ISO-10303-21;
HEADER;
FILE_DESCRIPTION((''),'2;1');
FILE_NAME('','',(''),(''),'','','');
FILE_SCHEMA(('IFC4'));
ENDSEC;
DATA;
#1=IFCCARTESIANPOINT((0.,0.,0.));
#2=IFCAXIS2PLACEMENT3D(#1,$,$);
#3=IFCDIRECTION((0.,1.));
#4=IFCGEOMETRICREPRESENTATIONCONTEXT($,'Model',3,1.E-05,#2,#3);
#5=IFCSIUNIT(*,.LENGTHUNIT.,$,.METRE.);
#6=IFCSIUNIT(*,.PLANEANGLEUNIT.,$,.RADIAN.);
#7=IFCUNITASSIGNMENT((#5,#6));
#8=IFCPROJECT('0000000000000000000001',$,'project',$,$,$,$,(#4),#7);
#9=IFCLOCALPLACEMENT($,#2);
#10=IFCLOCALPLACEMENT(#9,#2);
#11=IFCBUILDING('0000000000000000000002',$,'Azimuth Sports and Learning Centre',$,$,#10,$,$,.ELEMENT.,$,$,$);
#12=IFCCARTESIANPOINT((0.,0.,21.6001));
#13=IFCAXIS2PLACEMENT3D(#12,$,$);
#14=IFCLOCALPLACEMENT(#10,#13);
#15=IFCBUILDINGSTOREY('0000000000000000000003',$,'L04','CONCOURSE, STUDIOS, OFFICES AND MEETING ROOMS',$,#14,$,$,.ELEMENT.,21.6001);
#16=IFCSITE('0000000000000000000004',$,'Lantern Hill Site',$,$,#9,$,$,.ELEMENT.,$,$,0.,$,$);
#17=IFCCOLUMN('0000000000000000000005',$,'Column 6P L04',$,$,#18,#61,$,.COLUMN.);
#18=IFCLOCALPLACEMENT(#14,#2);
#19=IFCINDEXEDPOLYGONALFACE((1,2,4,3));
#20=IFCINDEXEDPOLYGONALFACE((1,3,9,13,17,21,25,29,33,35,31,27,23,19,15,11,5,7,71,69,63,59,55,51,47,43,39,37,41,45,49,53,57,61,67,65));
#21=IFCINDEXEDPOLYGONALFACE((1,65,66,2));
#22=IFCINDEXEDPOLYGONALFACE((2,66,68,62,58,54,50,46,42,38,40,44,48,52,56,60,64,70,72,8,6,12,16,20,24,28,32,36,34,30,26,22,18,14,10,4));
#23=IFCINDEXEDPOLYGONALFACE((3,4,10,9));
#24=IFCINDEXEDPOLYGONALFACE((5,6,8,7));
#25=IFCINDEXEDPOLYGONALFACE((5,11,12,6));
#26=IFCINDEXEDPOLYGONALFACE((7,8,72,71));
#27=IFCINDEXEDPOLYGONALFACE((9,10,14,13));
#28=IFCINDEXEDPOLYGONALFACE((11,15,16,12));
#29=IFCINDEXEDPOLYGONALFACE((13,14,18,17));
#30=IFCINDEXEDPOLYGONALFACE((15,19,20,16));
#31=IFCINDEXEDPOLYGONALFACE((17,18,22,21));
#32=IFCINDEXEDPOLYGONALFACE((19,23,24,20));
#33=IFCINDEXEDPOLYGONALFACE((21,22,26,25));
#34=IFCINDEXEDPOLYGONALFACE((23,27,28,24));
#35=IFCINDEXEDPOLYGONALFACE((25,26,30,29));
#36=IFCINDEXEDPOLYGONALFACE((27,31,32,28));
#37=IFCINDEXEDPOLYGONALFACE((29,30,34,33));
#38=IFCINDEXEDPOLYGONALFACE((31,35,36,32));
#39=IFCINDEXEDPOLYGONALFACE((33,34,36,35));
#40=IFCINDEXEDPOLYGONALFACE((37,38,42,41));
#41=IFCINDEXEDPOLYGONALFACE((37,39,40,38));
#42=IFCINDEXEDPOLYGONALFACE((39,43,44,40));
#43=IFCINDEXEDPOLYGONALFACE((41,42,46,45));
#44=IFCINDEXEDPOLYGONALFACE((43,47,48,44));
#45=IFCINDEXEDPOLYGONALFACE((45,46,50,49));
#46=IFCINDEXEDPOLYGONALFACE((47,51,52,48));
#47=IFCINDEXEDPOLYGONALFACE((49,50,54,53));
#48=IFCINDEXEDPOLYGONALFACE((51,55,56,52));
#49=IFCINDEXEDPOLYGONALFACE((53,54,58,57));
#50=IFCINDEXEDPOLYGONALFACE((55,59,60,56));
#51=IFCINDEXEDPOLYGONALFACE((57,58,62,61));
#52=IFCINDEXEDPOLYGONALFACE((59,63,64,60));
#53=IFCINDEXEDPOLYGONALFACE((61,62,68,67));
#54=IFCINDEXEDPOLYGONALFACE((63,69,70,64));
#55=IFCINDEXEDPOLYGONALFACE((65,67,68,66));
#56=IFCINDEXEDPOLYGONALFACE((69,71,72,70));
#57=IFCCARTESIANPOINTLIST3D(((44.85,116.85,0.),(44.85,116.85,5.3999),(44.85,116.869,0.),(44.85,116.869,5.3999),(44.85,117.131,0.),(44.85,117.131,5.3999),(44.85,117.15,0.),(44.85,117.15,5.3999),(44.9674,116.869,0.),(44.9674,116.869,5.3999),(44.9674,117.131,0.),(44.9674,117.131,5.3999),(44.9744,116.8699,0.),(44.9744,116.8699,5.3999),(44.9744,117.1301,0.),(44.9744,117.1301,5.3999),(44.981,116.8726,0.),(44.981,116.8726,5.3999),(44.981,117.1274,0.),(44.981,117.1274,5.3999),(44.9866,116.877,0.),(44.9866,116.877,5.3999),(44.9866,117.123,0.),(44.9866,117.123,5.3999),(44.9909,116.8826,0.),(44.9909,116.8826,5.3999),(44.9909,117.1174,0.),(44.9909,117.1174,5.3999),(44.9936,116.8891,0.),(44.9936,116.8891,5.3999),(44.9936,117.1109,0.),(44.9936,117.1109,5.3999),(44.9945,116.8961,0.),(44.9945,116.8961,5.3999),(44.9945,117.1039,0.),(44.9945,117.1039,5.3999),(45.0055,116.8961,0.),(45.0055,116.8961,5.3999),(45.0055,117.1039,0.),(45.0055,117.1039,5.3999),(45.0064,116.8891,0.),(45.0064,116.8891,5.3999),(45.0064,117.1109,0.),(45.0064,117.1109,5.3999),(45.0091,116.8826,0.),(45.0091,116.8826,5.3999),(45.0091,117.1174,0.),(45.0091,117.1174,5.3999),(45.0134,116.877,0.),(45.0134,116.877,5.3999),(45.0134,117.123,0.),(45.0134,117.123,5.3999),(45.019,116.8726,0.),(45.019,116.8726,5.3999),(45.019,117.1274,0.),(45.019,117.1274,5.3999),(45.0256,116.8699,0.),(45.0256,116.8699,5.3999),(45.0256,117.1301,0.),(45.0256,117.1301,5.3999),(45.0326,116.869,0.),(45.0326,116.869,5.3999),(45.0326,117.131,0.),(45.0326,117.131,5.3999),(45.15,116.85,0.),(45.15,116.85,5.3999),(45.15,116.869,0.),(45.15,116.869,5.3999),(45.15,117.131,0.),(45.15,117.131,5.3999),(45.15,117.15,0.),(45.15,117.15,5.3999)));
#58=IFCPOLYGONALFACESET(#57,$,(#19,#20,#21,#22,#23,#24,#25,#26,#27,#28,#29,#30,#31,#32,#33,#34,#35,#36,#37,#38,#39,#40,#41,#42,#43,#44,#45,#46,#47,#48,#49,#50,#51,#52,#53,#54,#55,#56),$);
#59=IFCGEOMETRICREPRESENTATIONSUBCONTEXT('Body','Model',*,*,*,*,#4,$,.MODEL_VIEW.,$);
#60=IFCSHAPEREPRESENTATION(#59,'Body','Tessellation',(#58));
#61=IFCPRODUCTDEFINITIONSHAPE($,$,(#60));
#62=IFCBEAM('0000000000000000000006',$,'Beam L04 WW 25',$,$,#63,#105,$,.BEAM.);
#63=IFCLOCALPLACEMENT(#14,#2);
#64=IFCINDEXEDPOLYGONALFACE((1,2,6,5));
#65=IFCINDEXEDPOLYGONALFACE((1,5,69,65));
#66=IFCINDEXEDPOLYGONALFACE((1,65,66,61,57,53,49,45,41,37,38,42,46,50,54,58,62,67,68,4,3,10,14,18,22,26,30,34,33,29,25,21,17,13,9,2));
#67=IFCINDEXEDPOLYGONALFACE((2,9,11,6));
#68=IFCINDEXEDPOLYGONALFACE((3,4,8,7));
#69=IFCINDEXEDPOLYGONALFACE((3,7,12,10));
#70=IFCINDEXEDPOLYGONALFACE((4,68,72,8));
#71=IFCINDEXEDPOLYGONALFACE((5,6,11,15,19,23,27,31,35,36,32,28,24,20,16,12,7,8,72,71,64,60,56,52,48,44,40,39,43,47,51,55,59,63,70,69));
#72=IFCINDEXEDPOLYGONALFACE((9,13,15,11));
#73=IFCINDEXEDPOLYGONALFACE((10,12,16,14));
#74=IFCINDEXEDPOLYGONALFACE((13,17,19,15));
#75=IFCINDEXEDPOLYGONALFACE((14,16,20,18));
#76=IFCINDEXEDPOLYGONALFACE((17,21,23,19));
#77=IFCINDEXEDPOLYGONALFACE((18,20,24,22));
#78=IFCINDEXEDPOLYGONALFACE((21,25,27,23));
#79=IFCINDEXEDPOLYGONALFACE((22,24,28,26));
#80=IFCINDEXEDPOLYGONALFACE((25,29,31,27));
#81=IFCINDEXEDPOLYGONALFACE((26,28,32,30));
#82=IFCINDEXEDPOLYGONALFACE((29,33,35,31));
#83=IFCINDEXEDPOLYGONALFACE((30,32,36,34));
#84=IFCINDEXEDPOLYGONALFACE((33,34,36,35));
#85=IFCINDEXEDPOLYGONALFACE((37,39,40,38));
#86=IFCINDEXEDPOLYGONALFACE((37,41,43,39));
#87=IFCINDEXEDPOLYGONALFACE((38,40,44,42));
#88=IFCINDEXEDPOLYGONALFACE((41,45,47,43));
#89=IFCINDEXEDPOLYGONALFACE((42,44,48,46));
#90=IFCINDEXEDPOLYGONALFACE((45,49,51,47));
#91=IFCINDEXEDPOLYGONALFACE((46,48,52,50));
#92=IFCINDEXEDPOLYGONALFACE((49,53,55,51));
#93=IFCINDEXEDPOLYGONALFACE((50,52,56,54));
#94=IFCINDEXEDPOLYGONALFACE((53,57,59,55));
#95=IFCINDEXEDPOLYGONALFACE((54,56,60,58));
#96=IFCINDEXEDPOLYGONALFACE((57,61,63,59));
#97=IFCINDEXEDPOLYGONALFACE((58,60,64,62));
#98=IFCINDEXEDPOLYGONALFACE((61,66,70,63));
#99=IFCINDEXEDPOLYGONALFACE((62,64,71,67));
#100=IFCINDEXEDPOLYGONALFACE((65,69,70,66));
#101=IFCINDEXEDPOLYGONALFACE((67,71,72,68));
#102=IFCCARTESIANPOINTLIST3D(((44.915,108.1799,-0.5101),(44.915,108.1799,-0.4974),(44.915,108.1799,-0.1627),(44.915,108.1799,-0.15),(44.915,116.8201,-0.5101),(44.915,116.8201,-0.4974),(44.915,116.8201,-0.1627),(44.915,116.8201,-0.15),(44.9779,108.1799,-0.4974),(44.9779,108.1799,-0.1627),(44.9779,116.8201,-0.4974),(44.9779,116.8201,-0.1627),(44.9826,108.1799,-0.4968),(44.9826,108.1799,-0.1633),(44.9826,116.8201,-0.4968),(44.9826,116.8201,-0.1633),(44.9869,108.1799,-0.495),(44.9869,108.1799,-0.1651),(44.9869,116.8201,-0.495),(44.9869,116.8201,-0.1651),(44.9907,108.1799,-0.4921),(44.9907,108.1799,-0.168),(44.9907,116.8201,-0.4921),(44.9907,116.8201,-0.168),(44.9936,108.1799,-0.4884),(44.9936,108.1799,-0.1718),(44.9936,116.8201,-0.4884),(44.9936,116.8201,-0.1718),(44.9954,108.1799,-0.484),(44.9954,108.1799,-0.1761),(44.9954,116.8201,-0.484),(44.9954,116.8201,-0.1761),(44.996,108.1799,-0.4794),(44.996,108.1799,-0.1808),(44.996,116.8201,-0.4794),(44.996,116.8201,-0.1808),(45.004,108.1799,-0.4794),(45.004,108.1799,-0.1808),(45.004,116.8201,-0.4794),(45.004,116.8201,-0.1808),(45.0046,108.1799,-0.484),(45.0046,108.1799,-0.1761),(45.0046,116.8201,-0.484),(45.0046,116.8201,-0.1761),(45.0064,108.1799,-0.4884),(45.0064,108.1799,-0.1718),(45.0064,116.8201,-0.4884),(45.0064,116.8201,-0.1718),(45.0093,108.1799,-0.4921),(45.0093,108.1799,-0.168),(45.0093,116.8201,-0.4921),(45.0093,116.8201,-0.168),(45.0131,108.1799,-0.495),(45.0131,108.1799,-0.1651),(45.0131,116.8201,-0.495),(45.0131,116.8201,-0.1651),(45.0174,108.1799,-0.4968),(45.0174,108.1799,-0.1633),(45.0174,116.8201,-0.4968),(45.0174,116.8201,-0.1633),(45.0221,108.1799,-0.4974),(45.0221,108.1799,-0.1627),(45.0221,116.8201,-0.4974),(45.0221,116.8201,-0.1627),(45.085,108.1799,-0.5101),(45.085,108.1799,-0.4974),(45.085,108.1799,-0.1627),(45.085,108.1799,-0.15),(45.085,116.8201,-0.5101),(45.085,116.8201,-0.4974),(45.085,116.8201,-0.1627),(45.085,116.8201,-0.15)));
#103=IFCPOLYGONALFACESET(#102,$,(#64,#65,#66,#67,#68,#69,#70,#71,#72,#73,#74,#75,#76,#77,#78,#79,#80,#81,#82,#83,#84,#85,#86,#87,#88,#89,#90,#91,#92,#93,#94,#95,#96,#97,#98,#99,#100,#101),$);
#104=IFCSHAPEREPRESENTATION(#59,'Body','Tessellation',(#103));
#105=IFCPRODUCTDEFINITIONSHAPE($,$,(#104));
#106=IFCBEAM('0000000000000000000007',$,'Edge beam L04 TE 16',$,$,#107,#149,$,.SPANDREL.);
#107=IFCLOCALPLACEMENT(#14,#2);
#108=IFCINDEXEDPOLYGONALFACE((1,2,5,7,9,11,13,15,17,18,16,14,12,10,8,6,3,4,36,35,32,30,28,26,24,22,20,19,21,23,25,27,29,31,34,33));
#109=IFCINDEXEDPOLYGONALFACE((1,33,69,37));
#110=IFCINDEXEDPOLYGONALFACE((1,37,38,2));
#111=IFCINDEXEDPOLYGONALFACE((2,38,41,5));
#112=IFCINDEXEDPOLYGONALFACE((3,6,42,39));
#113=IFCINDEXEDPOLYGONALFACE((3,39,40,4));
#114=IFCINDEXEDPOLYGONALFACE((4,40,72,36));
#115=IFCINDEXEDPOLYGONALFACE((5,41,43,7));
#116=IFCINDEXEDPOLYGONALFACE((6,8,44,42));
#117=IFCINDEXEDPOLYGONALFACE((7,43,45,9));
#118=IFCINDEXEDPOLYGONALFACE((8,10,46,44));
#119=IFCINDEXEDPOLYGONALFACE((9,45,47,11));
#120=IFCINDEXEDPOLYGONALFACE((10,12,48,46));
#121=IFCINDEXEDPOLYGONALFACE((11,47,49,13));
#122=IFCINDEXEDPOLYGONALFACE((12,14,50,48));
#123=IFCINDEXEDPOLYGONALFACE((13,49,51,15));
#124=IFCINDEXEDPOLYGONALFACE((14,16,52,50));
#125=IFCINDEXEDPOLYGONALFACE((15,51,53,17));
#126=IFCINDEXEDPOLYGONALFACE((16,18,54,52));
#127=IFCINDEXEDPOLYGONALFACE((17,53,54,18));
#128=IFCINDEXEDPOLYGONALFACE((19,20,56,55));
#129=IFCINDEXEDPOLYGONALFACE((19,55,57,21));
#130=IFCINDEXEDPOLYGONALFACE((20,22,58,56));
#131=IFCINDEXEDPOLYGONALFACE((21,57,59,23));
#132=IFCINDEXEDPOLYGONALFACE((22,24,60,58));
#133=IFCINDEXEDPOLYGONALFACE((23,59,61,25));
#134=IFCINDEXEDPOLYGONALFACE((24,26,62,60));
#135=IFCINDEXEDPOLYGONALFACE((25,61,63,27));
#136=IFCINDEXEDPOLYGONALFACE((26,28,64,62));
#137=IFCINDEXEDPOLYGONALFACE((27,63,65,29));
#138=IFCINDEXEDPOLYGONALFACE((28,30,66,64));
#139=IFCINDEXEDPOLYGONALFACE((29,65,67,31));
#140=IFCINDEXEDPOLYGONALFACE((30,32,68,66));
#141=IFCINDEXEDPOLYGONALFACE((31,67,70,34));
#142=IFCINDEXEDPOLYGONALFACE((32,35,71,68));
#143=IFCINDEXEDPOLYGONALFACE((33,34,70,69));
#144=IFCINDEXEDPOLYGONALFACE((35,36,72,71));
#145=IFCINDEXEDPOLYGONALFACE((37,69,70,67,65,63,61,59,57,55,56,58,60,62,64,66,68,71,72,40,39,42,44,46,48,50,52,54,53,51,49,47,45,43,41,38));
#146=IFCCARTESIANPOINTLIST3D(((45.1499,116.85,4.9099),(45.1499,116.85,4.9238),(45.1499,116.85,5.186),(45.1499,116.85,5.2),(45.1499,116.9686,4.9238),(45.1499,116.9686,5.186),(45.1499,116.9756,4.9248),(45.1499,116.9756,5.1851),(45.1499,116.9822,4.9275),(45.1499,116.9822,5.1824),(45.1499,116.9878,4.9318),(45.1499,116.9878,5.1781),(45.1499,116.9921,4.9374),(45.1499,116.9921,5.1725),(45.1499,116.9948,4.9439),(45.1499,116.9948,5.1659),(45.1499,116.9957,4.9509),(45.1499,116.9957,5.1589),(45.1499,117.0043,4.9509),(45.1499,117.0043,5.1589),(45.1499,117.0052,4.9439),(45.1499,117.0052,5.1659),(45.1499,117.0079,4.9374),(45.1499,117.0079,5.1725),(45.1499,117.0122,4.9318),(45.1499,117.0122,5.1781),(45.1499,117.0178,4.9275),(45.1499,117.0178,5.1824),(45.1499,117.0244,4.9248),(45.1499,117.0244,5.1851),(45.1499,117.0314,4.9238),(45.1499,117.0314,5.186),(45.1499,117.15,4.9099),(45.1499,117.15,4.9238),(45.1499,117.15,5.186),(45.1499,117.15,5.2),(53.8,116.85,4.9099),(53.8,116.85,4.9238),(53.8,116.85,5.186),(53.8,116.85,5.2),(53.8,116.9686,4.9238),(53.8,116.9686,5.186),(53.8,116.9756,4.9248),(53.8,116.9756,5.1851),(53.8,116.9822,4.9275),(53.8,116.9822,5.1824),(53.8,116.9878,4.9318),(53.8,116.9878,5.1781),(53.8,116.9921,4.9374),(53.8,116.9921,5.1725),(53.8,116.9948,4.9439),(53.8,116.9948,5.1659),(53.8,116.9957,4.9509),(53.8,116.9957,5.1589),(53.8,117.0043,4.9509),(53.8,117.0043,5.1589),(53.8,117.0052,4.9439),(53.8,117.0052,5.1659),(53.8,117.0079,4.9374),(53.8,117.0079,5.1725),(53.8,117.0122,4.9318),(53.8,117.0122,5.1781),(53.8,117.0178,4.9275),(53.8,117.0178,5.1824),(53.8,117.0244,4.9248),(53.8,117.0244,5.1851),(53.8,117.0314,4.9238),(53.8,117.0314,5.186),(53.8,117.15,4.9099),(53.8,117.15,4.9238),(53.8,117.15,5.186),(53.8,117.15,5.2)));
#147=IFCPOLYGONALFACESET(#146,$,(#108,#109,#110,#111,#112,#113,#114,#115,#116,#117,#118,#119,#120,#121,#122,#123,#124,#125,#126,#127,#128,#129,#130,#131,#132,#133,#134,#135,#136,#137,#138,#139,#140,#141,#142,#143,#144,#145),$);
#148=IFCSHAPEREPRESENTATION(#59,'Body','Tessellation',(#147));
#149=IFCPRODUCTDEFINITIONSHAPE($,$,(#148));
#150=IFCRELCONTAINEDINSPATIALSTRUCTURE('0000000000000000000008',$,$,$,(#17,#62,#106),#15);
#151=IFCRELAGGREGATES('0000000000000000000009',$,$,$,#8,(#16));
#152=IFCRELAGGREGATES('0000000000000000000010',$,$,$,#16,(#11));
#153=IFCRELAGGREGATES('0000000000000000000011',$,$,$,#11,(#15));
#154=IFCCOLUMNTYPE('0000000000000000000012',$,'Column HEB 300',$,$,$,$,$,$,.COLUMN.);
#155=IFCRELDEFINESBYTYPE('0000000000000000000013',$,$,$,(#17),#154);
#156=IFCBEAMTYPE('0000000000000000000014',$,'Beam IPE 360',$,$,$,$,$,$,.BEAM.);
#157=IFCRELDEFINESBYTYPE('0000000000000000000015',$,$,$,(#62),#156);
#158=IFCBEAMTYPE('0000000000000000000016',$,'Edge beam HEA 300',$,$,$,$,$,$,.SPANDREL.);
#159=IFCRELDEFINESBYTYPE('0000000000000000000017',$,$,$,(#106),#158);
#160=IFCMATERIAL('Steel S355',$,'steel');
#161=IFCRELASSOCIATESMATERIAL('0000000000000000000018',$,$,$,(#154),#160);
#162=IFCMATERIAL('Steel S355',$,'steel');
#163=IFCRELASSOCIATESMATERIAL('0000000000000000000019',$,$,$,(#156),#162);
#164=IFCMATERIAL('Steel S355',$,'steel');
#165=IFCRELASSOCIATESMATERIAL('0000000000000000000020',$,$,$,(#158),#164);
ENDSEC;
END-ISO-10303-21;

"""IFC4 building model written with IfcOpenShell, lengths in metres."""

from ifc_helpers import new_model, si_unit, direction, frame, origin, origin_2d, place, context, subcontext, project, spatial, i_section, extrude, material, material_profile, profile_set, type_object, element, save


model = new_model("IFC4")

# Units and contexts
model_context = context("Model", 3, precision=1e-05, world=origin(), true_north=direction((0.0, 1.0)))
body_context = subcontext(model_context, "Body", "Model", "MODEL_VIEW")
ifc_project = project(units=[si_unit("LENGTHUNIT", "METRE"), si_unit("PLANEANGLEUNIT", "RADIAN")], contexts=[model_context])

# Site, building, storey
site_placement = place(None, origin())
site = spatial("IfcSite", under=ifc_project, at=site_placement, Name="Lantern Hill Site", CompositionType="ELEMENT", RefElevation=0.0)
building_placement = place(site_placement, origin())
building = spatial("IfcBuilding", under=site, at=building_placement, Name="Azimuth Sports and Learning Centre", CompositionType="ELEMENT")
storey_placement = place(building_placement, frame((0.0, 0.0, 21.6001)))
storey = spatial("IfcBuildingStorey", under=building, at=storey_placement, Name="L04", Description="CONCOURSE, STUDIOS, OFFICES AND MEETING ROOMS", CompositionType="ELEMENT", Elevation=21.6001)

# Column
ifc_material_1 = material(Name="Steel S355", Category="steel")
ifc_material_profile_1 = material_profile(ifc_material_1, i_section(OverallWidth=0.3, OverallDepth=0.3, WebThickness=0.011, FlangeThickness=0.019, FilletRadius=0.0271, at=origin_2d()), Name="HEB 300")
ifc_profile_set_1 = profile_set([ifc_material_profile_1], Name="Steel S355")
column_type = type_object("IfcColumnType", Name="Column HEB 300", PredefinedType="COLUMN", material=ifc_profile_set_1)
column_placement = place(storey_placement, frame((45.0, 117.0, 0.0), z_axis=(0.0, 0.0, 1.0), x_axis=(1.0, 0.0, 0.0)))
element("IfcColumn", 1, at=column_placement, inside=storey, type_object=column_type, Name="Column 6P L04", PredefinedType="COLUMN", context=body_context, shape_type="SweptSolid", body=[
    extrude(i_section(OverallWidth=0.3, OverallDepth=0.3, WebThickness=0.011, FlangeThickness=0.019, FilletRadius=0.0271, at=origin_2d()), origin(), (0.0, 0.0, 1.0), 5.3999),
])

# Beams
ifc_material_2 = material(Name="Steel S355", Category="steel")
ifc_material_profile_2 = material_profile(ifc_material_2, i_section(OverallWidth=0.1699, OverallDepth=0.3601, WebThickness=0.0081, FlangeThickness=0.0127, FilletRadius=0.0181, at=origin_2d()), Name="IPE 360")
ifc_profile_set_2 = profile_set([ifc_material_profile_2], Name="Steel S355")
beam_type_1 = type_object("IfcBeamType", Name="Beam IPE 360", PredefinedType="BEAM", material=ifc_profile_set_2)
beam_1_placement = place(storey_placement, frame((45.0, 108.1799, -0.3301), z_axis=(0.0, 1.0, 0.0), x_axis=(-1.0, 0.0, 0.0)))
element("IfcBeam", 2, at=beam_1_placement, inside=storey, type_object=beam_type_1, Name="Beam L04 WW 25", PredefinedType="BEAM", context=body_context, shape_type="SweptSolid", body=[
    extrude(i_section(OverallWidth=0.1699, OverallDepth=0.3601, WebThickness=0.0081, FlangeThickness=0.0127, FilletRadius=0.0181, at=origin_2d()), origin(), (0.0, 0.0, 1.0), 8.6401),
])
ifc_material_3 = material(Name="Steel S355", Category="steel")
ifc_material_profile_3 = material_profile(ifc_material_3, i_section(OverallWidth=0.3, OverallDepth=0.29, WebThickness=0.0085, FlangeThickness=0.0139, FilletRadius=0.0271, at=origin_2d()), Name="HEA 300")
ifc_profile_set_3 = profile_set([ifc_material_profile_3], Name="Steel S355")
beam_type_2 = type_object("IfcBeamType", Name="Edge beam HEA 300", PredefinedType="SPANDREL", material=ifc_profile_set_3)
beam_2_placement = place(storey_placement, frame((45.1499, 117.0, 5.0549), z_axis=(1.0, 0.0, 0.0), x_axis=(0.0, 1.0, 0.0)))
element("IfcBeam", 3, at=beam_2_placement, inside=storey, type_object=beam_type_2, Name="Edge beam L04 TE 16", PredefinedType="SPANDREL", context=body_context, shape_type="SweptSolid", body=[
    extrude(i_section(OverallWidth=0.3, OverallDepth=0.29, WebThickness=0.0085, FlangeThickness=0.0139, FilletRadius=0.0271, at=origin_2d()), origin(), (0.0, 0.0, 1.0), 8.6501),
])

save(model, "model.ifc")
